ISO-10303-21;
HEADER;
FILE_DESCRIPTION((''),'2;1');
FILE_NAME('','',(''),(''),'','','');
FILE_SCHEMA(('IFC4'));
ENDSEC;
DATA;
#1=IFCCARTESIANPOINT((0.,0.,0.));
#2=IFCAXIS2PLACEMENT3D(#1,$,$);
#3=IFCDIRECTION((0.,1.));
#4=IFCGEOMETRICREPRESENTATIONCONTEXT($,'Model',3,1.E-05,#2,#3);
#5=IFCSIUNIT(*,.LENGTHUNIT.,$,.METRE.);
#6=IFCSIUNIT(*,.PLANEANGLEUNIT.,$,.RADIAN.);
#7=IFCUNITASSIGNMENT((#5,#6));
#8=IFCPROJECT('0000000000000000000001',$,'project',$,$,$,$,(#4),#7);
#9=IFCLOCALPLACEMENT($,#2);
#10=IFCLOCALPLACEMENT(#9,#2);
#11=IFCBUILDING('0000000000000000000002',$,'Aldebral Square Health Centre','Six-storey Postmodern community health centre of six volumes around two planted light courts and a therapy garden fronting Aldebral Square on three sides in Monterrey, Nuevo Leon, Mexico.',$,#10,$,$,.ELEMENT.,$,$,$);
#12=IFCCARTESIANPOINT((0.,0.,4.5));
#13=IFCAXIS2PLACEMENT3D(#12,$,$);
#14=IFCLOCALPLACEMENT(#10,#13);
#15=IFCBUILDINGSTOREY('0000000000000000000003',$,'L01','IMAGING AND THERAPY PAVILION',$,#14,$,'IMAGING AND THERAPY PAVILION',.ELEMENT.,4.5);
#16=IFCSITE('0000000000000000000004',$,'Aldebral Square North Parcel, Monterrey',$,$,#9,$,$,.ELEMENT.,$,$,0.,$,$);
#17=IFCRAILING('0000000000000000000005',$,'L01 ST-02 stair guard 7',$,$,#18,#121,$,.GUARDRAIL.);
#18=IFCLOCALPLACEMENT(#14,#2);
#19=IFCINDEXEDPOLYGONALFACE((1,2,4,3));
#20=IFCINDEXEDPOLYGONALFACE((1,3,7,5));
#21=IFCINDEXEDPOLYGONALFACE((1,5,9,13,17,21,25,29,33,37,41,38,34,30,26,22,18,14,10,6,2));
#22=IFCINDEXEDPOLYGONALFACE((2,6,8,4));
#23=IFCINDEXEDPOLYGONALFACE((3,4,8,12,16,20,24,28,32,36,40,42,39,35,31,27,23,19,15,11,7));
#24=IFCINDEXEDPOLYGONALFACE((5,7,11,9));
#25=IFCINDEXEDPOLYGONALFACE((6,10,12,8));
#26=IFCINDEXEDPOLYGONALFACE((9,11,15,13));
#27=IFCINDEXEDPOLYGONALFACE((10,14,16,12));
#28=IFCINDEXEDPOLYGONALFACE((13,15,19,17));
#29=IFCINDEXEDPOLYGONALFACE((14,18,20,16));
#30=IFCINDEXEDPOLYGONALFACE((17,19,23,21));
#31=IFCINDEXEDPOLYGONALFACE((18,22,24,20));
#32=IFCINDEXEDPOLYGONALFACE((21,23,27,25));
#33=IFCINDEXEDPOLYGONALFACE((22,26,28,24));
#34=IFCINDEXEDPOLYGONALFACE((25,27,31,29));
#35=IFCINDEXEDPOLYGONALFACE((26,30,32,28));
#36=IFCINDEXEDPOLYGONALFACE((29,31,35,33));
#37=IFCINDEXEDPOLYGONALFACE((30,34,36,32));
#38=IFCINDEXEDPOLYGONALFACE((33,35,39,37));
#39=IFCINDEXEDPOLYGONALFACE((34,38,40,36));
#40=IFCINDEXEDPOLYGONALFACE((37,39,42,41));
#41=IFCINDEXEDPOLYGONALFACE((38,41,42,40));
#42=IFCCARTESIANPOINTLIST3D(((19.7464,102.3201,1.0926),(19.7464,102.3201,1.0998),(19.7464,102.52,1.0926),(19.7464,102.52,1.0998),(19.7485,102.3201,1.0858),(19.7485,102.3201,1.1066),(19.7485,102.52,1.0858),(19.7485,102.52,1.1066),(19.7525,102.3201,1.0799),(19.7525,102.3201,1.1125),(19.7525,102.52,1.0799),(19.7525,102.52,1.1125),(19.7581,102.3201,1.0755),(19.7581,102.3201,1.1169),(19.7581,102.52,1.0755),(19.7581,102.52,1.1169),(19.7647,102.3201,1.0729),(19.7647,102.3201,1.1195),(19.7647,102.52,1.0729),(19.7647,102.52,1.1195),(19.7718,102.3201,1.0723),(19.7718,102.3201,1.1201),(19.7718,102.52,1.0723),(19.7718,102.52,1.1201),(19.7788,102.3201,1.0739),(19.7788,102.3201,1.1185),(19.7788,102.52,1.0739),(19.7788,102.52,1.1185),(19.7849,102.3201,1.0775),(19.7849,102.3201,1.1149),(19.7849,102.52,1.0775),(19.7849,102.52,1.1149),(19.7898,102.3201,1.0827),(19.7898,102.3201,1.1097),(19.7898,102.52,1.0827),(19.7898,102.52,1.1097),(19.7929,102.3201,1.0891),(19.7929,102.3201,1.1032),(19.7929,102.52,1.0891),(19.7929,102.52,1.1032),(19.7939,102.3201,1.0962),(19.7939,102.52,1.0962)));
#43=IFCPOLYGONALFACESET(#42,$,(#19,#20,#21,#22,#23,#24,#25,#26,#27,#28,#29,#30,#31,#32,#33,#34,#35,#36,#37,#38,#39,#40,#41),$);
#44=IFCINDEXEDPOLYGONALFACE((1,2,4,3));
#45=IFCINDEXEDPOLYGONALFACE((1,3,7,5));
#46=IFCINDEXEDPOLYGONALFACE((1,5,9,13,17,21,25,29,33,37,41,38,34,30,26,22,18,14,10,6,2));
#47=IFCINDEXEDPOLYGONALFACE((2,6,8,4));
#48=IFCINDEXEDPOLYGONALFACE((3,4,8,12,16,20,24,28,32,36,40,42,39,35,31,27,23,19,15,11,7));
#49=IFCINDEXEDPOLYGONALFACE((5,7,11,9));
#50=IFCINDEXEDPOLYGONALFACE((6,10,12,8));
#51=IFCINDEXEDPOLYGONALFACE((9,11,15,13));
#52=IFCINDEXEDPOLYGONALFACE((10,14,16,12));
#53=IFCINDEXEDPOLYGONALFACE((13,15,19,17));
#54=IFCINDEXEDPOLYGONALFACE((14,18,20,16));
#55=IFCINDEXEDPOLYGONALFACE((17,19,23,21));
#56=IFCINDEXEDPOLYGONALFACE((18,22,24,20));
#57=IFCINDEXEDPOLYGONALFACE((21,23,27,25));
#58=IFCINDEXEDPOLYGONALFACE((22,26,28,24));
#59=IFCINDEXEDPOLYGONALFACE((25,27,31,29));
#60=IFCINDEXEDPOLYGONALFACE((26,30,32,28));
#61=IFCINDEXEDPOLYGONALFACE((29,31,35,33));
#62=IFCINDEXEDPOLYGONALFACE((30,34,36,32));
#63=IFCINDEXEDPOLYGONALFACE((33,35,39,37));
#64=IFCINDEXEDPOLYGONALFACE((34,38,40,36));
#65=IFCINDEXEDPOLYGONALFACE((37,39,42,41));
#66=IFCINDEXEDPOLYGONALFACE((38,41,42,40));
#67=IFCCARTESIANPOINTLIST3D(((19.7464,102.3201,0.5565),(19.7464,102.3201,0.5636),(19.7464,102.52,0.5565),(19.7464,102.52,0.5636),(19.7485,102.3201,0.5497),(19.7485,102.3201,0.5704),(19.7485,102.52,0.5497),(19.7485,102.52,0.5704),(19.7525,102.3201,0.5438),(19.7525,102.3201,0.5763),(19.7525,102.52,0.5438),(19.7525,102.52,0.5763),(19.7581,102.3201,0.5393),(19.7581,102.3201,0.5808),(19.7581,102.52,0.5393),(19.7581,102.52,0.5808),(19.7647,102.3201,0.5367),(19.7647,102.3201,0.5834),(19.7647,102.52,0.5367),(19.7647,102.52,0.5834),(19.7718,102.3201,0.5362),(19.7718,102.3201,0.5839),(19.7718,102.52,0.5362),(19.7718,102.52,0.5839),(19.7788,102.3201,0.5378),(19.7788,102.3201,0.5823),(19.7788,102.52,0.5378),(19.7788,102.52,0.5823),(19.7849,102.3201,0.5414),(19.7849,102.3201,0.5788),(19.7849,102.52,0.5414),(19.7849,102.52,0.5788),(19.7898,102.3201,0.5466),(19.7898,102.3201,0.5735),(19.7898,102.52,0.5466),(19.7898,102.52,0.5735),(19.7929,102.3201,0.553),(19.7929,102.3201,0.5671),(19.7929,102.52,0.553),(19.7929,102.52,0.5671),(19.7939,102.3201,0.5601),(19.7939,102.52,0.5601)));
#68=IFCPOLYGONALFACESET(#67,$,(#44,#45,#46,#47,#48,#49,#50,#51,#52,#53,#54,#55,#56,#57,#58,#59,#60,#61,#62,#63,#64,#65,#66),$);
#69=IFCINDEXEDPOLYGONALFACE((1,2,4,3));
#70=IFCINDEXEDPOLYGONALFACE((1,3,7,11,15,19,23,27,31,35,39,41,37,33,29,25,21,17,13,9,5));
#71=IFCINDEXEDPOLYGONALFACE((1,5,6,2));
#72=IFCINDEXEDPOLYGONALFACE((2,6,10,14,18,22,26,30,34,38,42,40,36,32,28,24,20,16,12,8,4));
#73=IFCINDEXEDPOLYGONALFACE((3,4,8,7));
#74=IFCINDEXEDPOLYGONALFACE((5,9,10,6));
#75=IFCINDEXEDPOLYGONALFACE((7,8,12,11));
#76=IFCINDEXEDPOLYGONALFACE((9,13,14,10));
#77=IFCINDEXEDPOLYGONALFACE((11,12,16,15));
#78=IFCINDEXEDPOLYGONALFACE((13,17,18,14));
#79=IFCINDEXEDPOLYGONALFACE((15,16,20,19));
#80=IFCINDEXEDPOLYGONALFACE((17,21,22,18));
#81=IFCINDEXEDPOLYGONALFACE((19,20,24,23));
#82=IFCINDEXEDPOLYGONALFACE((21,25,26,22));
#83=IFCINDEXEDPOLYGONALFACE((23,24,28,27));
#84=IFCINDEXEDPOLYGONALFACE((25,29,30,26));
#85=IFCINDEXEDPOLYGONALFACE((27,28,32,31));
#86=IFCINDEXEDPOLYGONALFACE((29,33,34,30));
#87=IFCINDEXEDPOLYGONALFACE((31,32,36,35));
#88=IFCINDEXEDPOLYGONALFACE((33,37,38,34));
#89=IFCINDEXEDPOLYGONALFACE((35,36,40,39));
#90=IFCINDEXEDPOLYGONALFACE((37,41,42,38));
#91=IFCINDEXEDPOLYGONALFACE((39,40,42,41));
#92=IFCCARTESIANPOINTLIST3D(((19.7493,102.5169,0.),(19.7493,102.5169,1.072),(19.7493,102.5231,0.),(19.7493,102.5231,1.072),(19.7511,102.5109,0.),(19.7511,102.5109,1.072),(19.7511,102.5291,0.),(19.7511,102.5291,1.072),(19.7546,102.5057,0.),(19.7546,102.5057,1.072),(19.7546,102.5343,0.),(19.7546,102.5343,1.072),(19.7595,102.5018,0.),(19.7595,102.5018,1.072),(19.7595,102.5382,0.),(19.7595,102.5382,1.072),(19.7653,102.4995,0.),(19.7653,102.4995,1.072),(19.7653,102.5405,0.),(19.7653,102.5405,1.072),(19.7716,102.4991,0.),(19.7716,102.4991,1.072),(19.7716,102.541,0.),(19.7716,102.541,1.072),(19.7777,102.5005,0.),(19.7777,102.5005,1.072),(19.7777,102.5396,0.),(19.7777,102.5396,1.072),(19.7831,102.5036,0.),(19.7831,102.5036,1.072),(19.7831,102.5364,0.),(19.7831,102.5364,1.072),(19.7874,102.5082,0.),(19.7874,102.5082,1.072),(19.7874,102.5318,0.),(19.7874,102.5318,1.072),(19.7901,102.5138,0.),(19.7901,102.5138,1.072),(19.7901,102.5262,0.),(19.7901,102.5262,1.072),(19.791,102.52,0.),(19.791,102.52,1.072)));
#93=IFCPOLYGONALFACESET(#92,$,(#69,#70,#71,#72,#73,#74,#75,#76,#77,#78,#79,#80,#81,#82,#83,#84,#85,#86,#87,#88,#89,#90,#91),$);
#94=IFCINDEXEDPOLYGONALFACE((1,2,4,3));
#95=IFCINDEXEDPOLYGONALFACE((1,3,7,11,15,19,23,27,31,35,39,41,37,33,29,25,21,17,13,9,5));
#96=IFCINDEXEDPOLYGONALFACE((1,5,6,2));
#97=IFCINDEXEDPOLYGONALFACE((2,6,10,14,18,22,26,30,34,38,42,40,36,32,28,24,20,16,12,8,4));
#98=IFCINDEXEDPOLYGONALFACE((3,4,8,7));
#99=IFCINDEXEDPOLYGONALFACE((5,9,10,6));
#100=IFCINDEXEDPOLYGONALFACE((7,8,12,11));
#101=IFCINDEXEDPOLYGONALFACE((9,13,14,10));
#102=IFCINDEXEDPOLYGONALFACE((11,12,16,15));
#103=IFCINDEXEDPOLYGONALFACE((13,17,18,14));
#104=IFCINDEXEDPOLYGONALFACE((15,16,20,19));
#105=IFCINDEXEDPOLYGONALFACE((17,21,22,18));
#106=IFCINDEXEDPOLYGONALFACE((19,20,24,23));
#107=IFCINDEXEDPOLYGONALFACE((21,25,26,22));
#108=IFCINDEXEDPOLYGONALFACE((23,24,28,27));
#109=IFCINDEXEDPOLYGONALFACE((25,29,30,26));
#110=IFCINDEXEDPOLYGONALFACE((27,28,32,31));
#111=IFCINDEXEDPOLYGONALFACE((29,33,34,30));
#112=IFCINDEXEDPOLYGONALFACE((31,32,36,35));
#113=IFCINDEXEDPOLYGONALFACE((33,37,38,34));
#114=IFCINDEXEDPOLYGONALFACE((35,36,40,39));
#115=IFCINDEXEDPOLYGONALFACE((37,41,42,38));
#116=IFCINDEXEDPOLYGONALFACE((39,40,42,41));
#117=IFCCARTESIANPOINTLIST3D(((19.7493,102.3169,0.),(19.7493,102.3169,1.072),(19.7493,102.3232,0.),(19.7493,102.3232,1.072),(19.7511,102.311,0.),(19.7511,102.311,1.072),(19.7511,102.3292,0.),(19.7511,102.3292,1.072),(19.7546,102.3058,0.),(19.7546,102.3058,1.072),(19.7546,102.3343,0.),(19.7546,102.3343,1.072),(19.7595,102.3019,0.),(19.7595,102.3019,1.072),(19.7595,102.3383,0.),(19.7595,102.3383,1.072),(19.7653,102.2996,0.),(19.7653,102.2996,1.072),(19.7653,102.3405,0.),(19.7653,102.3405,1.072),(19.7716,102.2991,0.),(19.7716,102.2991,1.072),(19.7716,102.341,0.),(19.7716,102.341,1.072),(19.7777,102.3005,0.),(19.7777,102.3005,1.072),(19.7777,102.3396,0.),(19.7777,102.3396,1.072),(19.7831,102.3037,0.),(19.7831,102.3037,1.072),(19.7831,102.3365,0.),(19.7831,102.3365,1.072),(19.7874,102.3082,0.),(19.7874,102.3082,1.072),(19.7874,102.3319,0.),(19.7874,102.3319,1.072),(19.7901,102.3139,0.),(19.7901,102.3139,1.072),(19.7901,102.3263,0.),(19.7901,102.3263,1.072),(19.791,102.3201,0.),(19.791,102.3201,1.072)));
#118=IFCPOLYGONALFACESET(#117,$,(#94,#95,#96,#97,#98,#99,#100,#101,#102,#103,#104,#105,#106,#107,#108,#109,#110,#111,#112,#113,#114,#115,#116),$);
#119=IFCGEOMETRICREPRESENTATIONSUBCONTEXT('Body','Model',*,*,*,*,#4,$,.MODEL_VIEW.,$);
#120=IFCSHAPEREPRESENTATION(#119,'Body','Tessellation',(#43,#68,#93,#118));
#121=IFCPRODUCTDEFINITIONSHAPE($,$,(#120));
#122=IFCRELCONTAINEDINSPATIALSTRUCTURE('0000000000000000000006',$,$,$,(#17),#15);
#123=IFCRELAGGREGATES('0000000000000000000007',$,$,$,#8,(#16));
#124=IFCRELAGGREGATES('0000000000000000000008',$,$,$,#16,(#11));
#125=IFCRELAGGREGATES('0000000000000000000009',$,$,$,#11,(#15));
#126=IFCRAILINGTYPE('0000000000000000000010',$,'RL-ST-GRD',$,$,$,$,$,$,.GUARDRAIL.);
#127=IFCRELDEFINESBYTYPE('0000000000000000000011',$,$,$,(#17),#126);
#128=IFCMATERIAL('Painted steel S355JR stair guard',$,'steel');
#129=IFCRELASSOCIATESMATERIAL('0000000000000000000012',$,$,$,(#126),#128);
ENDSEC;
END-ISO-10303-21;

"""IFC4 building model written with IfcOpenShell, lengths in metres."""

from ifc_helpers import new_model, si_unit, direction, frame, origin, origin_2d, place, context, subcontext, project, spatial, circle, extrude, material, type_object, element, save


model = new_model("IFC4")

# Units and contexts
model_context = context("Model", 3, precision=1e-05, world=origin(), true_north=direction((0.0, 1.0)))
body_context = subcontext(model_context, "Body", "Model", "MODEL_VIEW")
ifc_project = project(units=[si_unit("LENGTHUNIT", "METRE"), si_unit("PLANEANGLEUNIT", "RADIAN")], contexts=[model_context])

# Site, building, storey
site_placement = place(None, origin())
site = spatial("IfcSite", under=ifc_project, at=site_placement, Name="Aldebral Square North Parcel, Monterrey", CompositionType="ELEMENT", RefElevation=0.0)
building_placement = place(site_placement, origin())
building = spatial("IfcBuilding", under=site, at=building_placement, Name="Aldebral Square Health Centre", Description="Six-storey Postmodern community health centre of six volumes around two planted light courts and a therapy garden fronting Aldebral Square on three sides in Monterrey, Nuevo Leon, Mexico.", CompositionType="ELEMENT")
storey_placement = place(building_placement, frame((0.0, 0.0, 4.5)))
storey = spatial("IfcBuildingStorey", under=building, at=storey_placement, Name="L01", Description="IMAGING AND THERAPY PAVILION", LongName="IMAGING AND THERAPY PAVILION", CompositionType="ELEMENT", Elevation=4.5)

# Railing
ifc_material_1 = material(Name="Painted steel S355JR stair guard", Category="steel")
railing_type_1 = type_object("IfcRailingType", Name="RL-ST-GRD", PredefinedType="GUARDRAIL", material=ifc_material_1)
railing_1_placement = place(storey_placement, frame((19.77, 102.52, 0.0)))
element("IfcRailing", 1, at=railing_1_placement, inside=storey, type_object=railing_type_1, Name="L01 ST-02 stair guard 7", PredefinedType="GUARDRAIL", context=body_context, shape_type="SweptSolid", body=[
    extrude(circle(Radius=0.0239, at=origin_2d()), frame((0.0, 0.0, 1.0962), z_axis=(0.0, -1.0, 0.0), x_axis=(1.0, 0.0, 0.0)), (0.0, 0.0, 1.0), 0.2),
    extrude(circle(Radius=0.0239, at=origin_2d()), frame((0.0, 0.0, 0.5601), z_axis=(0.0, -1.0, 0.0), x_axis=(1.0, 0.0, 0.0)), (0.0, 0.0, 1.0), 0.2),
    extrude(circle(Radius=0.021, at=origin_2d()), origin(), (0.0, 0.0, 1.0), 1.072),
    extrude(circle(Radius=0.021, at=origin_2d()), frame((0.0, -0.2, 0.0)), (0.0, 0.0, 1.0), 1.072),
])

save(model, "model.ifc")
